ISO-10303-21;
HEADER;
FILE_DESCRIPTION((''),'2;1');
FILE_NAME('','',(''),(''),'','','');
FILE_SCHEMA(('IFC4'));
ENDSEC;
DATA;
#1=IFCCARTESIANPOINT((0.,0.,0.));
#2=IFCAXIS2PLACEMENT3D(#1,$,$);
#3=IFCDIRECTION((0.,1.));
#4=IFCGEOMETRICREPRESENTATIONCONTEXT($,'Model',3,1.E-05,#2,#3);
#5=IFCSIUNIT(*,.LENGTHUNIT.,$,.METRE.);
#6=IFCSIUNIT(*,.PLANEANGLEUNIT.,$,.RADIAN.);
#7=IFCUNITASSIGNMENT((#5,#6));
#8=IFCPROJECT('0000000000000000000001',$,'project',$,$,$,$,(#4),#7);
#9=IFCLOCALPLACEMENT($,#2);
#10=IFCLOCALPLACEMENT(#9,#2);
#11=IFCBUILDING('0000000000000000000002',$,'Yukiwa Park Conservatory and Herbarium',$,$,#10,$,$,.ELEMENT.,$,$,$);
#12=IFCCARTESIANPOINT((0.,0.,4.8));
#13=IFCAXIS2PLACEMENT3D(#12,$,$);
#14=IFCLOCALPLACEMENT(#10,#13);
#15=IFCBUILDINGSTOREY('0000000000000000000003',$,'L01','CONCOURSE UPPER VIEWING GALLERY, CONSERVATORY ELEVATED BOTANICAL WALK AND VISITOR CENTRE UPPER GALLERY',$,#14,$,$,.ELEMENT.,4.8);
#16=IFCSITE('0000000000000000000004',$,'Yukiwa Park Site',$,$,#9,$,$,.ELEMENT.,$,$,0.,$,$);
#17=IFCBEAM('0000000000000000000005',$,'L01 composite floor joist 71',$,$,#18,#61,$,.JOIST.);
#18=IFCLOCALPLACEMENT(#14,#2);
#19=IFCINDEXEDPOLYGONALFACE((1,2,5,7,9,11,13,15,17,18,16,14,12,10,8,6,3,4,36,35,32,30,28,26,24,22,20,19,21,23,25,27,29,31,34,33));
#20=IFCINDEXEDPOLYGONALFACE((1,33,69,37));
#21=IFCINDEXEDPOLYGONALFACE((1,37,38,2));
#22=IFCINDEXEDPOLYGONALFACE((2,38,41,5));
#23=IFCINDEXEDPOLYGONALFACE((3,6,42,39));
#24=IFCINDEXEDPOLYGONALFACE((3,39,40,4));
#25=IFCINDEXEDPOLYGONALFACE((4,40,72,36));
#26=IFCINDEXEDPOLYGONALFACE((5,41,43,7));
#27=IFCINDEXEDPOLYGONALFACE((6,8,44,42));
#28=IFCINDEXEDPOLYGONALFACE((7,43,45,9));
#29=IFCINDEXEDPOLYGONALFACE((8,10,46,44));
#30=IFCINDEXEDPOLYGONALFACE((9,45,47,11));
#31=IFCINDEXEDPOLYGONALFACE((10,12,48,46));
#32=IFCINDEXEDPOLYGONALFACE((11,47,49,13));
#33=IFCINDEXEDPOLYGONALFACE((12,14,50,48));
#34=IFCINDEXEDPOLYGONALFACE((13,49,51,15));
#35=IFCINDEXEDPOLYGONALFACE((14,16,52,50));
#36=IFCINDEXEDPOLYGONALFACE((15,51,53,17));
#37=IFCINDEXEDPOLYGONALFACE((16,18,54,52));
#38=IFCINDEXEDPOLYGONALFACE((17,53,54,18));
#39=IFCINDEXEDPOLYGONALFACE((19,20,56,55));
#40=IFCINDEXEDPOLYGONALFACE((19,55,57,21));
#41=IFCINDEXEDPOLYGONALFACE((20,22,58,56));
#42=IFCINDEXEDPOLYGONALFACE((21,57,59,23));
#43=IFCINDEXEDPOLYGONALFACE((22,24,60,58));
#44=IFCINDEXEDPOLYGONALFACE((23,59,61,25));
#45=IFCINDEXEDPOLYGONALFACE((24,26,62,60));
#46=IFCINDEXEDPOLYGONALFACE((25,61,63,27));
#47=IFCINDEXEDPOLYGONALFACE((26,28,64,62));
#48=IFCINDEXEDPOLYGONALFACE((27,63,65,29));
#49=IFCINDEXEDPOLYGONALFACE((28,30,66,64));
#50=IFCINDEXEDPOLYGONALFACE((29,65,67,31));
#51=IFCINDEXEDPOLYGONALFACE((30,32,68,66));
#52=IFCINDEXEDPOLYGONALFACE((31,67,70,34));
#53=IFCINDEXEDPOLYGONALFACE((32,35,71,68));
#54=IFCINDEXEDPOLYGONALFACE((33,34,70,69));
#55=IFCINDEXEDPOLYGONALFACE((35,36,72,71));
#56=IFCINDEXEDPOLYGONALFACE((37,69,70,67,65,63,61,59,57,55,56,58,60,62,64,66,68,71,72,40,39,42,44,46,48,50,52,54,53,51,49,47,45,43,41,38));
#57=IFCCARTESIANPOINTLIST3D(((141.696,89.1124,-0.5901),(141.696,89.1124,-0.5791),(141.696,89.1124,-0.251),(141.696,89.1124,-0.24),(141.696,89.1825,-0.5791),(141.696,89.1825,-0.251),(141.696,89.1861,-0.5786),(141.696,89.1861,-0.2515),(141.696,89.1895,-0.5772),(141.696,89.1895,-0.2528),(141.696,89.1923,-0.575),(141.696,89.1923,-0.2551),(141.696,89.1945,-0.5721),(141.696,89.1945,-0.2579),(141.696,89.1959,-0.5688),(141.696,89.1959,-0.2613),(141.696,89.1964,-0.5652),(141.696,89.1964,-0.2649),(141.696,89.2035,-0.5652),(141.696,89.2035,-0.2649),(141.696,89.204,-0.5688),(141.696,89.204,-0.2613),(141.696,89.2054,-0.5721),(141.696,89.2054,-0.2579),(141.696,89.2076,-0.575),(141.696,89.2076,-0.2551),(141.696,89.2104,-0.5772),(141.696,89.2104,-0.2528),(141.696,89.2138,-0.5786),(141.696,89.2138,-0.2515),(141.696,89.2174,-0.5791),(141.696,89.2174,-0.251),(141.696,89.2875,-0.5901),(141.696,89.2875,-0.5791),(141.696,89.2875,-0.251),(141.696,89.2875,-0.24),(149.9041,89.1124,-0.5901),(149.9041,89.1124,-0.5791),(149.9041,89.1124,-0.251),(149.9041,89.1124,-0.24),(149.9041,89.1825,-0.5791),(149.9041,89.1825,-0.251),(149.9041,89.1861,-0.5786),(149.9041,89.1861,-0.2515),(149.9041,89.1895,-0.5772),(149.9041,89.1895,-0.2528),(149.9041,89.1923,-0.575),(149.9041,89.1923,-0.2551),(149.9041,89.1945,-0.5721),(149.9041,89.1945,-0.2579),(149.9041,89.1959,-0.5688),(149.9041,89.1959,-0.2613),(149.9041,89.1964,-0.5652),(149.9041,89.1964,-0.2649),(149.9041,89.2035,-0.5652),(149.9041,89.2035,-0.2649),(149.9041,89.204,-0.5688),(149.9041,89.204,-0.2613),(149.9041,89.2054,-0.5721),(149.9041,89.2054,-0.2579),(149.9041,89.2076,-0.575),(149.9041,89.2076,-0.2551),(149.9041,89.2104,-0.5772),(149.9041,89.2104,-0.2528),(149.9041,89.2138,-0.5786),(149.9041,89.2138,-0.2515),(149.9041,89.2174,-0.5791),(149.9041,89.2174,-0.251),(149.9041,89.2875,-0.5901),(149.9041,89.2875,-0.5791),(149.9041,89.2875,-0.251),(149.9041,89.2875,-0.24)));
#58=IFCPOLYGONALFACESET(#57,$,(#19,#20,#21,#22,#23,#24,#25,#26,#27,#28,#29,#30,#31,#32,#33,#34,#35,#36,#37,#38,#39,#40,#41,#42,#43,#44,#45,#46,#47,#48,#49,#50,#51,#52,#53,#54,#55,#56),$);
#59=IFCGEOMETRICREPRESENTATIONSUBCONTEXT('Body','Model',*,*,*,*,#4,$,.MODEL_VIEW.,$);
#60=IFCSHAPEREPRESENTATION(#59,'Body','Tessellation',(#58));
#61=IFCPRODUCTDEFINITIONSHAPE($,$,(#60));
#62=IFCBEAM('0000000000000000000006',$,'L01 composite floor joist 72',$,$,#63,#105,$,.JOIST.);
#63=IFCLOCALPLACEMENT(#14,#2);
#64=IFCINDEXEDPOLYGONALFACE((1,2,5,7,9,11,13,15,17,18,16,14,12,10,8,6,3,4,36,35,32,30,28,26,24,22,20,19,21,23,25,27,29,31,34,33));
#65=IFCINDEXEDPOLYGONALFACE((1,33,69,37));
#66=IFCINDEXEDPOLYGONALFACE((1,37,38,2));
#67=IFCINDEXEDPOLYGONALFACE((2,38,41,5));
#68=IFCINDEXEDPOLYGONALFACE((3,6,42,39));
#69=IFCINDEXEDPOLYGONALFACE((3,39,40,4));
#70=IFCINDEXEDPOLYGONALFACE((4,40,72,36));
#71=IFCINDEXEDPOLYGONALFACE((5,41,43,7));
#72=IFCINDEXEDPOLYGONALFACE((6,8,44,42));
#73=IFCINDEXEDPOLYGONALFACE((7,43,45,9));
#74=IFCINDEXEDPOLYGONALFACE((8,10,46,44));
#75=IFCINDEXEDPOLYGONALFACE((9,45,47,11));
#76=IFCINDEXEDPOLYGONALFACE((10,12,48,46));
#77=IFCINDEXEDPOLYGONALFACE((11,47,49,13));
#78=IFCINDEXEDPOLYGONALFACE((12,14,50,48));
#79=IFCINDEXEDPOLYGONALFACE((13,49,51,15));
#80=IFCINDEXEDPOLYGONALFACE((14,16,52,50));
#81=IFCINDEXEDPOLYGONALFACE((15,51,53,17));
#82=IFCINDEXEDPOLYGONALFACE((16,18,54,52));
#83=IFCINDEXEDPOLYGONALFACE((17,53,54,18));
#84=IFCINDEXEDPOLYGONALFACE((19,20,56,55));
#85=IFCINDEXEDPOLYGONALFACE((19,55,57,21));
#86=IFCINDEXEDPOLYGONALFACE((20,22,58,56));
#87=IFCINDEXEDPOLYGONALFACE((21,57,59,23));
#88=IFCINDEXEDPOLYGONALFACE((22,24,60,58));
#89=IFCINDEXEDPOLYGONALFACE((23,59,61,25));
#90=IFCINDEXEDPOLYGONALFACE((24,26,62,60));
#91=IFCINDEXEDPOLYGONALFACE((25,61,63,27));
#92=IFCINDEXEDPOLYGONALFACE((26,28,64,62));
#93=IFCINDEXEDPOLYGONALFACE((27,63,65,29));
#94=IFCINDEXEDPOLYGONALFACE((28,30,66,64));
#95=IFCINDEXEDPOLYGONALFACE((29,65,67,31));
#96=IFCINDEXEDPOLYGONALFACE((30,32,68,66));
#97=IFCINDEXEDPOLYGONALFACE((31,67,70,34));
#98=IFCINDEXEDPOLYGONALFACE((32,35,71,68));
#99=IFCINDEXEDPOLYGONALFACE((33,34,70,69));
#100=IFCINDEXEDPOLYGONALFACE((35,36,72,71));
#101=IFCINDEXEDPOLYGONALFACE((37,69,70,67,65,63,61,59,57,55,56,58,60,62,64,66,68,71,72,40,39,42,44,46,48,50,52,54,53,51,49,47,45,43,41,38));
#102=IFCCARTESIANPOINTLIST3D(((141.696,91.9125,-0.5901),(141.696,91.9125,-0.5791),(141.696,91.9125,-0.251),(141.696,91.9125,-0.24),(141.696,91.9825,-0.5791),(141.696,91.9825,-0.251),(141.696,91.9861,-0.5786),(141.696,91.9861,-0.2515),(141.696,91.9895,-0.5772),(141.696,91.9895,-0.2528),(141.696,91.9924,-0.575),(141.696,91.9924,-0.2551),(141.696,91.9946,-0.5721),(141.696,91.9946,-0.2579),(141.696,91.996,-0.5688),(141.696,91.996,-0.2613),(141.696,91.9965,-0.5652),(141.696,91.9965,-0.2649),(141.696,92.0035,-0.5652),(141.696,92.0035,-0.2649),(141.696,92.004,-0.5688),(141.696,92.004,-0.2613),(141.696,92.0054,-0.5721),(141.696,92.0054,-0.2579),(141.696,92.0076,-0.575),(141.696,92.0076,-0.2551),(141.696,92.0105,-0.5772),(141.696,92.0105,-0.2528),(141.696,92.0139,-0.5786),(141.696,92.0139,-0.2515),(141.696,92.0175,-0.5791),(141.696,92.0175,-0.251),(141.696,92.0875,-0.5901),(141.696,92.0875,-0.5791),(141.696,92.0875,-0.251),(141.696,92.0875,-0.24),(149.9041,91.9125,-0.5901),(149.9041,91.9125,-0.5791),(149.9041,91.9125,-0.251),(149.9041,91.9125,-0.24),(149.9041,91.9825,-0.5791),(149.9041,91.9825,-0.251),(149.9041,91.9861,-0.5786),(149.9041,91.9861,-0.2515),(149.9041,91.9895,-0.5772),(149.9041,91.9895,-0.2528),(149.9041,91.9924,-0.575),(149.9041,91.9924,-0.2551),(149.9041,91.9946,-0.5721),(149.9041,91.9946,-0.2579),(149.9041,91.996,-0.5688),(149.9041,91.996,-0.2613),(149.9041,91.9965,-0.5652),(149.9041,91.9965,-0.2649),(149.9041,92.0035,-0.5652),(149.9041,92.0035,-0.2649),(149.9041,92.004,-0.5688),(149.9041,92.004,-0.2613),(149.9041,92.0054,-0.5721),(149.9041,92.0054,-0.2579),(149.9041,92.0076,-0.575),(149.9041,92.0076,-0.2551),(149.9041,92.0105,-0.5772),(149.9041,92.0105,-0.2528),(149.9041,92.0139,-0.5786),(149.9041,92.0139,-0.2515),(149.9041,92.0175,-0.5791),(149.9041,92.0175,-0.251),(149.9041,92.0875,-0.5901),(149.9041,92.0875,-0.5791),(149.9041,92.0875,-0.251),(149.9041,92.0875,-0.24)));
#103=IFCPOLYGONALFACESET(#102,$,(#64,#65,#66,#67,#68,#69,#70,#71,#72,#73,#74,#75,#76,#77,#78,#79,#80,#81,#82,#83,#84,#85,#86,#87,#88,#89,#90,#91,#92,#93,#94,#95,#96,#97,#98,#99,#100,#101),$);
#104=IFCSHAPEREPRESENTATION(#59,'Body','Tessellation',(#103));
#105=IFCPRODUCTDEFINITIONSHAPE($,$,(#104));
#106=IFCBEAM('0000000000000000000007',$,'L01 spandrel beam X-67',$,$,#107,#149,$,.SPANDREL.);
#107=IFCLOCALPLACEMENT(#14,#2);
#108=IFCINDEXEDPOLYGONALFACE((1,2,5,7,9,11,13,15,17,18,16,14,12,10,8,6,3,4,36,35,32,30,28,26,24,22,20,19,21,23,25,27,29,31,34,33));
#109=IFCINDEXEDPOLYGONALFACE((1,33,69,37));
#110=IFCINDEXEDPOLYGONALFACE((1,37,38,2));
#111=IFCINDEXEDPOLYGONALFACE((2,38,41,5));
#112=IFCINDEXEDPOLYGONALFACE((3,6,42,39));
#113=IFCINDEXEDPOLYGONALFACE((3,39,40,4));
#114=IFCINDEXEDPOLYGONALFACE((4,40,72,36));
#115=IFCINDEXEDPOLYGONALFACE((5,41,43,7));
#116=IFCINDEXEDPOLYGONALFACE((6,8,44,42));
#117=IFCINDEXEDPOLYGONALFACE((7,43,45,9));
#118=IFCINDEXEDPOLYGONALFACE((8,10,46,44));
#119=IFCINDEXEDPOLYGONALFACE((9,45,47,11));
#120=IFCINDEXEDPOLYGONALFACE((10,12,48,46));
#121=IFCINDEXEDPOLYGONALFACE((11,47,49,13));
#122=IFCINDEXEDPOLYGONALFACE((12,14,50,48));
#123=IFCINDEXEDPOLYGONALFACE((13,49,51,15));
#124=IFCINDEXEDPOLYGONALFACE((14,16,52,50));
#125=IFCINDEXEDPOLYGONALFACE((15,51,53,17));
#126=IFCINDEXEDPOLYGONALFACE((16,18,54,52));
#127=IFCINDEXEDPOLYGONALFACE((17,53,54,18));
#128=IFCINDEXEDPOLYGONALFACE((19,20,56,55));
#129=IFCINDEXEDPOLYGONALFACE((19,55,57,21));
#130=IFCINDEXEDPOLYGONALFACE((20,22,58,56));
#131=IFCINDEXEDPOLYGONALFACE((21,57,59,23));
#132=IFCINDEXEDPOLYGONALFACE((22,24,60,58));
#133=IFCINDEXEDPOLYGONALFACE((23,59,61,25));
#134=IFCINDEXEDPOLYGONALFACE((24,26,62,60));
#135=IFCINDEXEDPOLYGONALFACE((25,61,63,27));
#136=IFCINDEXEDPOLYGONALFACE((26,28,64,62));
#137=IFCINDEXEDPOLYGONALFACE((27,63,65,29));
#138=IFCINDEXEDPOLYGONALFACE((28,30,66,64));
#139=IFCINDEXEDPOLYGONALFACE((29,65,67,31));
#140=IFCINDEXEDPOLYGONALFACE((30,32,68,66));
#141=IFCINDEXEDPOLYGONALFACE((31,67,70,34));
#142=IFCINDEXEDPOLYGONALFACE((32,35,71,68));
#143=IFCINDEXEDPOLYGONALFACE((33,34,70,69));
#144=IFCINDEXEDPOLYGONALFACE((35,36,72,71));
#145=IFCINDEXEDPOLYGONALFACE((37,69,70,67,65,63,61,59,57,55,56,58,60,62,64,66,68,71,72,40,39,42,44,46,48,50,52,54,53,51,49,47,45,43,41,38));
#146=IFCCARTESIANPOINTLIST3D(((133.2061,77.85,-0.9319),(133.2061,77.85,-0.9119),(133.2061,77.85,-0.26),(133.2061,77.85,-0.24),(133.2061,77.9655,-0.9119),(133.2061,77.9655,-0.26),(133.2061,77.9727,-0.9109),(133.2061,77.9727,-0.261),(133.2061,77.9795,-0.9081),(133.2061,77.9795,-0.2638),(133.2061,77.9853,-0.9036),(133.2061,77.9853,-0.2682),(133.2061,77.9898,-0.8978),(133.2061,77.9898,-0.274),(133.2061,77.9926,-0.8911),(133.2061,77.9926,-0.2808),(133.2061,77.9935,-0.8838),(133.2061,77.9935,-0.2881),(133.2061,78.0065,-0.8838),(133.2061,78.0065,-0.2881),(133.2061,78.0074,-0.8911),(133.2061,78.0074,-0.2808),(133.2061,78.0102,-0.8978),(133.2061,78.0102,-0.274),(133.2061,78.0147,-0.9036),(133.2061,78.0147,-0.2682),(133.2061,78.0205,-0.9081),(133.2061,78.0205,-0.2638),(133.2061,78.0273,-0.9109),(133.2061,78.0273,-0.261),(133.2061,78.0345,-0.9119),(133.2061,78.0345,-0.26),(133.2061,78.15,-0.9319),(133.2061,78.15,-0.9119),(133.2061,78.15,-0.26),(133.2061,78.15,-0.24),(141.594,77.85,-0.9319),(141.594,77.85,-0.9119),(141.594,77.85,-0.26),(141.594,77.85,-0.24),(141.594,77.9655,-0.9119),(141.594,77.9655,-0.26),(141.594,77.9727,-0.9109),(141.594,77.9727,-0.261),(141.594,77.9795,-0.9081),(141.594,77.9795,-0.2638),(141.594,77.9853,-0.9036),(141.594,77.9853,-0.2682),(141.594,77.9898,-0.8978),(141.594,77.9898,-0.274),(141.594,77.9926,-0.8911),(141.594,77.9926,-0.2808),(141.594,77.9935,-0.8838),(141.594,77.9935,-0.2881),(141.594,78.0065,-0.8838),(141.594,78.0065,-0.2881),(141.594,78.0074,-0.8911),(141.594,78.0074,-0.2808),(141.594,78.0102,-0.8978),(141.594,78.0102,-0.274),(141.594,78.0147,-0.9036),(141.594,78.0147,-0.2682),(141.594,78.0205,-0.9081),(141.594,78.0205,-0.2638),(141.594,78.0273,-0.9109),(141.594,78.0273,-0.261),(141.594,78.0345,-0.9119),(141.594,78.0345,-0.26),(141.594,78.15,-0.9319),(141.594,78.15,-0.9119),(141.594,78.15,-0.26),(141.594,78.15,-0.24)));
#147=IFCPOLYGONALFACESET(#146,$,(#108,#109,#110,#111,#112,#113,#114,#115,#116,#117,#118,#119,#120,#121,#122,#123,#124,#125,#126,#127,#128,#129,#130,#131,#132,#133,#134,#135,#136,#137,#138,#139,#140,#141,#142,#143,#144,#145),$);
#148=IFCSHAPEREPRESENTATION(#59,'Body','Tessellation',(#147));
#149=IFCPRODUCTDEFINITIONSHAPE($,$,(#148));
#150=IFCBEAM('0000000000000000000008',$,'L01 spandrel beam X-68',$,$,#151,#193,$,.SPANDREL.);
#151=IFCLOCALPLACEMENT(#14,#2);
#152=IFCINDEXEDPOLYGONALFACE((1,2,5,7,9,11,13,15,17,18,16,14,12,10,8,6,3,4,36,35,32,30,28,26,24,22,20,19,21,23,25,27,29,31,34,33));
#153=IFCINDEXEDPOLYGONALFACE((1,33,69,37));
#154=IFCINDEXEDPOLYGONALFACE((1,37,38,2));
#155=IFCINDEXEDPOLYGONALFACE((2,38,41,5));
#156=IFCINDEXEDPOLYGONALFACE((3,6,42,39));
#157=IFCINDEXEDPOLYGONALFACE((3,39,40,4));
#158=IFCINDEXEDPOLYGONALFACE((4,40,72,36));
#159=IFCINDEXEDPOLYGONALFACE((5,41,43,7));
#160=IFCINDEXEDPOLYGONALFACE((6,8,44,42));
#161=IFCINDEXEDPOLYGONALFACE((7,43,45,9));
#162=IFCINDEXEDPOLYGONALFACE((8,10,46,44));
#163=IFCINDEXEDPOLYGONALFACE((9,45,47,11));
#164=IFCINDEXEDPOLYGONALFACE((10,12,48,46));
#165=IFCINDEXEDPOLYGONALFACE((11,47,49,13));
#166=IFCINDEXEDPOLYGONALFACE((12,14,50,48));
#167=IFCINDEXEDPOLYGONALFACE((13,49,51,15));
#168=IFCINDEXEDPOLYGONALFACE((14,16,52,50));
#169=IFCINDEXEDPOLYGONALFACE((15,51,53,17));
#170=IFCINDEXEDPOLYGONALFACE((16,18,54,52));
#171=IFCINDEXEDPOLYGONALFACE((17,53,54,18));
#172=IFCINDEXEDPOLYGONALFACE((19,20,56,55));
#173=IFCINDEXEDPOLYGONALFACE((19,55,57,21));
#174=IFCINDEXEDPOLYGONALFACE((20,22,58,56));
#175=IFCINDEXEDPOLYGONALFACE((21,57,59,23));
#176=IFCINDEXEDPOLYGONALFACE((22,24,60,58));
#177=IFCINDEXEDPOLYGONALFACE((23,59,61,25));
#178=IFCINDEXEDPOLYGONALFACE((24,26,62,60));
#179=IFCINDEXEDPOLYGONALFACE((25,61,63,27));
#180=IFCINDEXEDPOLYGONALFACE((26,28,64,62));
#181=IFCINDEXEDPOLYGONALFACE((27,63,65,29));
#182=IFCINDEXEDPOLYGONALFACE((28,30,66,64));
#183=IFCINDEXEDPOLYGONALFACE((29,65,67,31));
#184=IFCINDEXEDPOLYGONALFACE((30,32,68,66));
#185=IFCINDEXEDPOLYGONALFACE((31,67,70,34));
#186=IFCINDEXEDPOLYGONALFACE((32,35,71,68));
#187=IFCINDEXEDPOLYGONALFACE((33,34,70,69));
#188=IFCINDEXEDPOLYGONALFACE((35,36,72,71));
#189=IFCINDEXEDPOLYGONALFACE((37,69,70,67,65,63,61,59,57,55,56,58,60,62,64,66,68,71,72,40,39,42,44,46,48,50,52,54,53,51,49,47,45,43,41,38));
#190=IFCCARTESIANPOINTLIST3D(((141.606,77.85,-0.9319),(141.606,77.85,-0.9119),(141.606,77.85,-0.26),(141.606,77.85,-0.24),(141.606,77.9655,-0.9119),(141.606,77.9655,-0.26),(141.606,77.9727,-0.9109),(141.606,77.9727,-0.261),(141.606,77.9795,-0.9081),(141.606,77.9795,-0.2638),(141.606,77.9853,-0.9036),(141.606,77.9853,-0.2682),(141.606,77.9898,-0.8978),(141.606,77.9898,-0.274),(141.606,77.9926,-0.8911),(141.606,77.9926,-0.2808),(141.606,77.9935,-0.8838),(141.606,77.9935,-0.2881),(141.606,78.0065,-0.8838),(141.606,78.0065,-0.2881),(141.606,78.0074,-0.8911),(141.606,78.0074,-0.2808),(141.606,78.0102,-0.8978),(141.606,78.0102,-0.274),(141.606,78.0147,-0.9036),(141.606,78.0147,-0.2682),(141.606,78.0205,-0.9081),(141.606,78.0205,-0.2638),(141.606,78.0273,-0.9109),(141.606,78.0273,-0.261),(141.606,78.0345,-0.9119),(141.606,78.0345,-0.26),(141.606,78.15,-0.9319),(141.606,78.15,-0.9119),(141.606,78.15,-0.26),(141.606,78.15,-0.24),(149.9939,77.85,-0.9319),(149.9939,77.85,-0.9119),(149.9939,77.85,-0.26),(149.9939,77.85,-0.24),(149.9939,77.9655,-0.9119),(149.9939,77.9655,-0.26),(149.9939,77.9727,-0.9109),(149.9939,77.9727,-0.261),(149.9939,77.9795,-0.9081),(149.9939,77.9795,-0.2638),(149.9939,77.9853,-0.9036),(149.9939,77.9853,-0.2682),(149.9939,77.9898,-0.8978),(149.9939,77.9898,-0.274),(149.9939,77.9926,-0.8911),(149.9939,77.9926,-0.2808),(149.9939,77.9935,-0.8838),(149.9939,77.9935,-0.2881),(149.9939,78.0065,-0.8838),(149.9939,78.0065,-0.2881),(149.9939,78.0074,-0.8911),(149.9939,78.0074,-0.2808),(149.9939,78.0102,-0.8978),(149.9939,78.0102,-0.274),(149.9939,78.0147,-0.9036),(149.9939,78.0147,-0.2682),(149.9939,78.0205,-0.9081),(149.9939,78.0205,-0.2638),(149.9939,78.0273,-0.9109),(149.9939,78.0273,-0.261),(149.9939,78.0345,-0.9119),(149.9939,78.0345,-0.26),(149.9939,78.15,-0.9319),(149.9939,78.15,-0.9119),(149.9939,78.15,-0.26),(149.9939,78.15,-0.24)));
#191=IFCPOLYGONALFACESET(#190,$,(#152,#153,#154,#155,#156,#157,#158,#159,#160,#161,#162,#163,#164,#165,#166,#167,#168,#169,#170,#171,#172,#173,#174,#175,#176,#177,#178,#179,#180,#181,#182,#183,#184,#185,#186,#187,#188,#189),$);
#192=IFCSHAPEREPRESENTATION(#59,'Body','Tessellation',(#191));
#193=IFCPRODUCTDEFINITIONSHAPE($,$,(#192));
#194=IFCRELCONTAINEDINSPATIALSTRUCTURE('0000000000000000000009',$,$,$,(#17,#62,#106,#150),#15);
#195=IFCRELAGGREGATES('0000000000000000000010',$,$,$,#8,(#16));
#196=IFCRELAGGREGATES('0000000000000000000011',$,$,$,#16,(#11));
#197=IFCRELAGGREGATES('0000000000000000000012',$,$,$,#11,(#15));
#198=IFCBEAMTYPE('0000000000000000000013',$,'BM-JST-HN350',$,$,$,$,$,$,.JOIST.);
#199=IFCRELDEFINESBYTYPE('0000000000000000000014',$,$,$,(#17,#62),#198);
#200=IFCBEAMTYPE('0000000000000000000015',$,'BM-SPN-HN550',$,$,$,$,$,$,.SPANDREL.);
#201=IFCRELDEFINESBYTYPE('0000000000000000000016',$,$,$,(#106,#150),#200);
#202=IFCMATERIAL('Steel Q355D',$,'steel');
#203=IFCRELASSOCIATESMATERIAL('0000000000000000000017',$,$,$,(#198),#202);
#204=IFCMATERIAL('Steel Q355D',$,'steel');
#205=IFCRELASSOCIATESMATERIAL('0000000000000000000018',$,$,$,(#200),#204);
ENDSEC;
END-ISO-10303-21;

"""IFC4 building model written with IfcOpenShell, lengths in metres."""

from ifc_helpers import new_model, si_unit, direction, frame, origin, origin_2d, place, context, subcontext, project, spatial, i_section, extrude, material, material_profile, profile_set, type_object, element, save


model = new_model("IFC4")

# Units and contexts
model_context = context("Model", 3, precision=1e-05, world=origin(), true_north=direction((0.0, 1.0)))
body_context = subcontext(model_context, "Body", "Model", "MODEL_VIEW")
ifc_project = project(units=[si_unit("LENGTHUNIT", "METRE"), si_unit("PLANEANGLEUNIT", "RADIAN")], contexts=[model_context])

# Site, building, storey
site_placement = place(None, origin())
site = spatial("IfcSite", under=ifc_project, at=site_placement, Name="Yukiwa Park Site", CompositionType="ELEMENT", RefElevation=0.0)
building_placement = place(site_placement, origin())
building = spatial("IfcBuilding", under=site, at=building_placement, Name="Yukiwa Park Conservatory and Herbarium", CompositionType="ELEMENT")
storey_placement = place(building_placement, frame((0.0, 0.0, 4.8)))
storey = spatial("IfcBuildingStorey", under=building, at=storey_placement, Name="L01", Description="CONCOURSE UPPER VIEWING GALLERY, CONSERVATORY ELEVATED BOTANICAL WALK AND VISITOR CENTRE UPPER GALLERY", CompositionType="ELEMENT", Elevation=4.8)

# Beams
ifc_material_1 = material(Name="Steel Q355D", Category="steel")
ifc_material_profile_1 = material_profile(ifc_material_1, i_section(OverallWidth=0.175, OverallDepth=0.3501, WebThickness=0.0071, FlangeThickness=0.011, FilletRadius=0.0139, at=origin_2d()), Name="HN 350x175x7x11")
ifc_profile_set_1 = profile_set([ifc_material_profile_1], Name="Steel Q355D")
beam_type_1 = type_object("IfcBeamType", Name="BM-JST-HN350", PredefinedType="JOIST", material=ifc_profile_set_1)
for number, where, z_axis, x_axis, name in (
    (1, (141.696, 89.2, -0.415), (1.0, 0.0, 0.0), (0.0, 1.0, 0.0), "L01 composite floor joist 71"),
    (2, (141.696, 92.0, -0.415), (1.0, 0.0, 0.0), (0.0, 1.0, 0.0), "L01 composite floor joist 72"),
):
    element("IfcBeam", number, at=place(storey_placement, frame(where, z_axis=z_axis, x_axis=x_axis)), inside=storey, type_object=beam_type_1, Name=name, PredefinedType="JOIST", context=body_context, shape_type="SweptSolid", body=[
        extrude(i_section(OverallWidth=0.175, OverallDepth=0.3501, WebThickness=0.0071, FlangeThickness=0.011, FilletRadius=0.0139, at=origin_2d()), origin(), (0.0, 0.0, 1.0), 8.208),
    ])
ifc_material_2 = material(Name="Steel Q355D", Category="steel")
ifc_material_profile_2 = material_profile(ifc_material_2, i_section(OverallWidth=0.3, OverallDepth=0.6919, WebThickness=0.0129, FlangeThickness=0.02, FilletRadius=0.0281, at=origin_2d()), Name="HN 692x300x13x20")
ifc_profile_set_2 = profile_set([ifc_material_profile_2], Name="Steel Q355D")
beam_type_2 = type_object("IfcBeamType", Name="BM-SPN-HN550", PredefinedType="SPANDREL", material=ifc_profile_set_2)
for number, where, z_axis, x_axis, name in (
    (3, (133.2061, 78.0, -0.5859), (1.0, 0.0, 0.0), (0.0, 1.0, 0.0), "L01 spandrel beam X-67"),
    (4, (141.606, 78.0, -0.5859), (1.0, 0.0, 0.0), (0.0, 1.0, 0.0), "L01 spandrel beam X-68"),
):
    element("IfcBeam", number, at=place(storey_placement, frame(where, z_axis=z_axis, x_axis=x_axis)), inside=storey, type_object=beam_type_2, Name=name, PredefinedType="SPANDREL", context=body_context, shape_type="SweptSolid", body=[
        extrude(i_section(OverallWidth=0.3, OverallDepth=0.6919, WebThickness=0.0129, FlangeThickness=0.02, FilletRadius=0.0281, at=origin_2d()), origin(), (0.0, 0.0, 1.0), 8.3879),
    ])

save(model, "model.ifc")
